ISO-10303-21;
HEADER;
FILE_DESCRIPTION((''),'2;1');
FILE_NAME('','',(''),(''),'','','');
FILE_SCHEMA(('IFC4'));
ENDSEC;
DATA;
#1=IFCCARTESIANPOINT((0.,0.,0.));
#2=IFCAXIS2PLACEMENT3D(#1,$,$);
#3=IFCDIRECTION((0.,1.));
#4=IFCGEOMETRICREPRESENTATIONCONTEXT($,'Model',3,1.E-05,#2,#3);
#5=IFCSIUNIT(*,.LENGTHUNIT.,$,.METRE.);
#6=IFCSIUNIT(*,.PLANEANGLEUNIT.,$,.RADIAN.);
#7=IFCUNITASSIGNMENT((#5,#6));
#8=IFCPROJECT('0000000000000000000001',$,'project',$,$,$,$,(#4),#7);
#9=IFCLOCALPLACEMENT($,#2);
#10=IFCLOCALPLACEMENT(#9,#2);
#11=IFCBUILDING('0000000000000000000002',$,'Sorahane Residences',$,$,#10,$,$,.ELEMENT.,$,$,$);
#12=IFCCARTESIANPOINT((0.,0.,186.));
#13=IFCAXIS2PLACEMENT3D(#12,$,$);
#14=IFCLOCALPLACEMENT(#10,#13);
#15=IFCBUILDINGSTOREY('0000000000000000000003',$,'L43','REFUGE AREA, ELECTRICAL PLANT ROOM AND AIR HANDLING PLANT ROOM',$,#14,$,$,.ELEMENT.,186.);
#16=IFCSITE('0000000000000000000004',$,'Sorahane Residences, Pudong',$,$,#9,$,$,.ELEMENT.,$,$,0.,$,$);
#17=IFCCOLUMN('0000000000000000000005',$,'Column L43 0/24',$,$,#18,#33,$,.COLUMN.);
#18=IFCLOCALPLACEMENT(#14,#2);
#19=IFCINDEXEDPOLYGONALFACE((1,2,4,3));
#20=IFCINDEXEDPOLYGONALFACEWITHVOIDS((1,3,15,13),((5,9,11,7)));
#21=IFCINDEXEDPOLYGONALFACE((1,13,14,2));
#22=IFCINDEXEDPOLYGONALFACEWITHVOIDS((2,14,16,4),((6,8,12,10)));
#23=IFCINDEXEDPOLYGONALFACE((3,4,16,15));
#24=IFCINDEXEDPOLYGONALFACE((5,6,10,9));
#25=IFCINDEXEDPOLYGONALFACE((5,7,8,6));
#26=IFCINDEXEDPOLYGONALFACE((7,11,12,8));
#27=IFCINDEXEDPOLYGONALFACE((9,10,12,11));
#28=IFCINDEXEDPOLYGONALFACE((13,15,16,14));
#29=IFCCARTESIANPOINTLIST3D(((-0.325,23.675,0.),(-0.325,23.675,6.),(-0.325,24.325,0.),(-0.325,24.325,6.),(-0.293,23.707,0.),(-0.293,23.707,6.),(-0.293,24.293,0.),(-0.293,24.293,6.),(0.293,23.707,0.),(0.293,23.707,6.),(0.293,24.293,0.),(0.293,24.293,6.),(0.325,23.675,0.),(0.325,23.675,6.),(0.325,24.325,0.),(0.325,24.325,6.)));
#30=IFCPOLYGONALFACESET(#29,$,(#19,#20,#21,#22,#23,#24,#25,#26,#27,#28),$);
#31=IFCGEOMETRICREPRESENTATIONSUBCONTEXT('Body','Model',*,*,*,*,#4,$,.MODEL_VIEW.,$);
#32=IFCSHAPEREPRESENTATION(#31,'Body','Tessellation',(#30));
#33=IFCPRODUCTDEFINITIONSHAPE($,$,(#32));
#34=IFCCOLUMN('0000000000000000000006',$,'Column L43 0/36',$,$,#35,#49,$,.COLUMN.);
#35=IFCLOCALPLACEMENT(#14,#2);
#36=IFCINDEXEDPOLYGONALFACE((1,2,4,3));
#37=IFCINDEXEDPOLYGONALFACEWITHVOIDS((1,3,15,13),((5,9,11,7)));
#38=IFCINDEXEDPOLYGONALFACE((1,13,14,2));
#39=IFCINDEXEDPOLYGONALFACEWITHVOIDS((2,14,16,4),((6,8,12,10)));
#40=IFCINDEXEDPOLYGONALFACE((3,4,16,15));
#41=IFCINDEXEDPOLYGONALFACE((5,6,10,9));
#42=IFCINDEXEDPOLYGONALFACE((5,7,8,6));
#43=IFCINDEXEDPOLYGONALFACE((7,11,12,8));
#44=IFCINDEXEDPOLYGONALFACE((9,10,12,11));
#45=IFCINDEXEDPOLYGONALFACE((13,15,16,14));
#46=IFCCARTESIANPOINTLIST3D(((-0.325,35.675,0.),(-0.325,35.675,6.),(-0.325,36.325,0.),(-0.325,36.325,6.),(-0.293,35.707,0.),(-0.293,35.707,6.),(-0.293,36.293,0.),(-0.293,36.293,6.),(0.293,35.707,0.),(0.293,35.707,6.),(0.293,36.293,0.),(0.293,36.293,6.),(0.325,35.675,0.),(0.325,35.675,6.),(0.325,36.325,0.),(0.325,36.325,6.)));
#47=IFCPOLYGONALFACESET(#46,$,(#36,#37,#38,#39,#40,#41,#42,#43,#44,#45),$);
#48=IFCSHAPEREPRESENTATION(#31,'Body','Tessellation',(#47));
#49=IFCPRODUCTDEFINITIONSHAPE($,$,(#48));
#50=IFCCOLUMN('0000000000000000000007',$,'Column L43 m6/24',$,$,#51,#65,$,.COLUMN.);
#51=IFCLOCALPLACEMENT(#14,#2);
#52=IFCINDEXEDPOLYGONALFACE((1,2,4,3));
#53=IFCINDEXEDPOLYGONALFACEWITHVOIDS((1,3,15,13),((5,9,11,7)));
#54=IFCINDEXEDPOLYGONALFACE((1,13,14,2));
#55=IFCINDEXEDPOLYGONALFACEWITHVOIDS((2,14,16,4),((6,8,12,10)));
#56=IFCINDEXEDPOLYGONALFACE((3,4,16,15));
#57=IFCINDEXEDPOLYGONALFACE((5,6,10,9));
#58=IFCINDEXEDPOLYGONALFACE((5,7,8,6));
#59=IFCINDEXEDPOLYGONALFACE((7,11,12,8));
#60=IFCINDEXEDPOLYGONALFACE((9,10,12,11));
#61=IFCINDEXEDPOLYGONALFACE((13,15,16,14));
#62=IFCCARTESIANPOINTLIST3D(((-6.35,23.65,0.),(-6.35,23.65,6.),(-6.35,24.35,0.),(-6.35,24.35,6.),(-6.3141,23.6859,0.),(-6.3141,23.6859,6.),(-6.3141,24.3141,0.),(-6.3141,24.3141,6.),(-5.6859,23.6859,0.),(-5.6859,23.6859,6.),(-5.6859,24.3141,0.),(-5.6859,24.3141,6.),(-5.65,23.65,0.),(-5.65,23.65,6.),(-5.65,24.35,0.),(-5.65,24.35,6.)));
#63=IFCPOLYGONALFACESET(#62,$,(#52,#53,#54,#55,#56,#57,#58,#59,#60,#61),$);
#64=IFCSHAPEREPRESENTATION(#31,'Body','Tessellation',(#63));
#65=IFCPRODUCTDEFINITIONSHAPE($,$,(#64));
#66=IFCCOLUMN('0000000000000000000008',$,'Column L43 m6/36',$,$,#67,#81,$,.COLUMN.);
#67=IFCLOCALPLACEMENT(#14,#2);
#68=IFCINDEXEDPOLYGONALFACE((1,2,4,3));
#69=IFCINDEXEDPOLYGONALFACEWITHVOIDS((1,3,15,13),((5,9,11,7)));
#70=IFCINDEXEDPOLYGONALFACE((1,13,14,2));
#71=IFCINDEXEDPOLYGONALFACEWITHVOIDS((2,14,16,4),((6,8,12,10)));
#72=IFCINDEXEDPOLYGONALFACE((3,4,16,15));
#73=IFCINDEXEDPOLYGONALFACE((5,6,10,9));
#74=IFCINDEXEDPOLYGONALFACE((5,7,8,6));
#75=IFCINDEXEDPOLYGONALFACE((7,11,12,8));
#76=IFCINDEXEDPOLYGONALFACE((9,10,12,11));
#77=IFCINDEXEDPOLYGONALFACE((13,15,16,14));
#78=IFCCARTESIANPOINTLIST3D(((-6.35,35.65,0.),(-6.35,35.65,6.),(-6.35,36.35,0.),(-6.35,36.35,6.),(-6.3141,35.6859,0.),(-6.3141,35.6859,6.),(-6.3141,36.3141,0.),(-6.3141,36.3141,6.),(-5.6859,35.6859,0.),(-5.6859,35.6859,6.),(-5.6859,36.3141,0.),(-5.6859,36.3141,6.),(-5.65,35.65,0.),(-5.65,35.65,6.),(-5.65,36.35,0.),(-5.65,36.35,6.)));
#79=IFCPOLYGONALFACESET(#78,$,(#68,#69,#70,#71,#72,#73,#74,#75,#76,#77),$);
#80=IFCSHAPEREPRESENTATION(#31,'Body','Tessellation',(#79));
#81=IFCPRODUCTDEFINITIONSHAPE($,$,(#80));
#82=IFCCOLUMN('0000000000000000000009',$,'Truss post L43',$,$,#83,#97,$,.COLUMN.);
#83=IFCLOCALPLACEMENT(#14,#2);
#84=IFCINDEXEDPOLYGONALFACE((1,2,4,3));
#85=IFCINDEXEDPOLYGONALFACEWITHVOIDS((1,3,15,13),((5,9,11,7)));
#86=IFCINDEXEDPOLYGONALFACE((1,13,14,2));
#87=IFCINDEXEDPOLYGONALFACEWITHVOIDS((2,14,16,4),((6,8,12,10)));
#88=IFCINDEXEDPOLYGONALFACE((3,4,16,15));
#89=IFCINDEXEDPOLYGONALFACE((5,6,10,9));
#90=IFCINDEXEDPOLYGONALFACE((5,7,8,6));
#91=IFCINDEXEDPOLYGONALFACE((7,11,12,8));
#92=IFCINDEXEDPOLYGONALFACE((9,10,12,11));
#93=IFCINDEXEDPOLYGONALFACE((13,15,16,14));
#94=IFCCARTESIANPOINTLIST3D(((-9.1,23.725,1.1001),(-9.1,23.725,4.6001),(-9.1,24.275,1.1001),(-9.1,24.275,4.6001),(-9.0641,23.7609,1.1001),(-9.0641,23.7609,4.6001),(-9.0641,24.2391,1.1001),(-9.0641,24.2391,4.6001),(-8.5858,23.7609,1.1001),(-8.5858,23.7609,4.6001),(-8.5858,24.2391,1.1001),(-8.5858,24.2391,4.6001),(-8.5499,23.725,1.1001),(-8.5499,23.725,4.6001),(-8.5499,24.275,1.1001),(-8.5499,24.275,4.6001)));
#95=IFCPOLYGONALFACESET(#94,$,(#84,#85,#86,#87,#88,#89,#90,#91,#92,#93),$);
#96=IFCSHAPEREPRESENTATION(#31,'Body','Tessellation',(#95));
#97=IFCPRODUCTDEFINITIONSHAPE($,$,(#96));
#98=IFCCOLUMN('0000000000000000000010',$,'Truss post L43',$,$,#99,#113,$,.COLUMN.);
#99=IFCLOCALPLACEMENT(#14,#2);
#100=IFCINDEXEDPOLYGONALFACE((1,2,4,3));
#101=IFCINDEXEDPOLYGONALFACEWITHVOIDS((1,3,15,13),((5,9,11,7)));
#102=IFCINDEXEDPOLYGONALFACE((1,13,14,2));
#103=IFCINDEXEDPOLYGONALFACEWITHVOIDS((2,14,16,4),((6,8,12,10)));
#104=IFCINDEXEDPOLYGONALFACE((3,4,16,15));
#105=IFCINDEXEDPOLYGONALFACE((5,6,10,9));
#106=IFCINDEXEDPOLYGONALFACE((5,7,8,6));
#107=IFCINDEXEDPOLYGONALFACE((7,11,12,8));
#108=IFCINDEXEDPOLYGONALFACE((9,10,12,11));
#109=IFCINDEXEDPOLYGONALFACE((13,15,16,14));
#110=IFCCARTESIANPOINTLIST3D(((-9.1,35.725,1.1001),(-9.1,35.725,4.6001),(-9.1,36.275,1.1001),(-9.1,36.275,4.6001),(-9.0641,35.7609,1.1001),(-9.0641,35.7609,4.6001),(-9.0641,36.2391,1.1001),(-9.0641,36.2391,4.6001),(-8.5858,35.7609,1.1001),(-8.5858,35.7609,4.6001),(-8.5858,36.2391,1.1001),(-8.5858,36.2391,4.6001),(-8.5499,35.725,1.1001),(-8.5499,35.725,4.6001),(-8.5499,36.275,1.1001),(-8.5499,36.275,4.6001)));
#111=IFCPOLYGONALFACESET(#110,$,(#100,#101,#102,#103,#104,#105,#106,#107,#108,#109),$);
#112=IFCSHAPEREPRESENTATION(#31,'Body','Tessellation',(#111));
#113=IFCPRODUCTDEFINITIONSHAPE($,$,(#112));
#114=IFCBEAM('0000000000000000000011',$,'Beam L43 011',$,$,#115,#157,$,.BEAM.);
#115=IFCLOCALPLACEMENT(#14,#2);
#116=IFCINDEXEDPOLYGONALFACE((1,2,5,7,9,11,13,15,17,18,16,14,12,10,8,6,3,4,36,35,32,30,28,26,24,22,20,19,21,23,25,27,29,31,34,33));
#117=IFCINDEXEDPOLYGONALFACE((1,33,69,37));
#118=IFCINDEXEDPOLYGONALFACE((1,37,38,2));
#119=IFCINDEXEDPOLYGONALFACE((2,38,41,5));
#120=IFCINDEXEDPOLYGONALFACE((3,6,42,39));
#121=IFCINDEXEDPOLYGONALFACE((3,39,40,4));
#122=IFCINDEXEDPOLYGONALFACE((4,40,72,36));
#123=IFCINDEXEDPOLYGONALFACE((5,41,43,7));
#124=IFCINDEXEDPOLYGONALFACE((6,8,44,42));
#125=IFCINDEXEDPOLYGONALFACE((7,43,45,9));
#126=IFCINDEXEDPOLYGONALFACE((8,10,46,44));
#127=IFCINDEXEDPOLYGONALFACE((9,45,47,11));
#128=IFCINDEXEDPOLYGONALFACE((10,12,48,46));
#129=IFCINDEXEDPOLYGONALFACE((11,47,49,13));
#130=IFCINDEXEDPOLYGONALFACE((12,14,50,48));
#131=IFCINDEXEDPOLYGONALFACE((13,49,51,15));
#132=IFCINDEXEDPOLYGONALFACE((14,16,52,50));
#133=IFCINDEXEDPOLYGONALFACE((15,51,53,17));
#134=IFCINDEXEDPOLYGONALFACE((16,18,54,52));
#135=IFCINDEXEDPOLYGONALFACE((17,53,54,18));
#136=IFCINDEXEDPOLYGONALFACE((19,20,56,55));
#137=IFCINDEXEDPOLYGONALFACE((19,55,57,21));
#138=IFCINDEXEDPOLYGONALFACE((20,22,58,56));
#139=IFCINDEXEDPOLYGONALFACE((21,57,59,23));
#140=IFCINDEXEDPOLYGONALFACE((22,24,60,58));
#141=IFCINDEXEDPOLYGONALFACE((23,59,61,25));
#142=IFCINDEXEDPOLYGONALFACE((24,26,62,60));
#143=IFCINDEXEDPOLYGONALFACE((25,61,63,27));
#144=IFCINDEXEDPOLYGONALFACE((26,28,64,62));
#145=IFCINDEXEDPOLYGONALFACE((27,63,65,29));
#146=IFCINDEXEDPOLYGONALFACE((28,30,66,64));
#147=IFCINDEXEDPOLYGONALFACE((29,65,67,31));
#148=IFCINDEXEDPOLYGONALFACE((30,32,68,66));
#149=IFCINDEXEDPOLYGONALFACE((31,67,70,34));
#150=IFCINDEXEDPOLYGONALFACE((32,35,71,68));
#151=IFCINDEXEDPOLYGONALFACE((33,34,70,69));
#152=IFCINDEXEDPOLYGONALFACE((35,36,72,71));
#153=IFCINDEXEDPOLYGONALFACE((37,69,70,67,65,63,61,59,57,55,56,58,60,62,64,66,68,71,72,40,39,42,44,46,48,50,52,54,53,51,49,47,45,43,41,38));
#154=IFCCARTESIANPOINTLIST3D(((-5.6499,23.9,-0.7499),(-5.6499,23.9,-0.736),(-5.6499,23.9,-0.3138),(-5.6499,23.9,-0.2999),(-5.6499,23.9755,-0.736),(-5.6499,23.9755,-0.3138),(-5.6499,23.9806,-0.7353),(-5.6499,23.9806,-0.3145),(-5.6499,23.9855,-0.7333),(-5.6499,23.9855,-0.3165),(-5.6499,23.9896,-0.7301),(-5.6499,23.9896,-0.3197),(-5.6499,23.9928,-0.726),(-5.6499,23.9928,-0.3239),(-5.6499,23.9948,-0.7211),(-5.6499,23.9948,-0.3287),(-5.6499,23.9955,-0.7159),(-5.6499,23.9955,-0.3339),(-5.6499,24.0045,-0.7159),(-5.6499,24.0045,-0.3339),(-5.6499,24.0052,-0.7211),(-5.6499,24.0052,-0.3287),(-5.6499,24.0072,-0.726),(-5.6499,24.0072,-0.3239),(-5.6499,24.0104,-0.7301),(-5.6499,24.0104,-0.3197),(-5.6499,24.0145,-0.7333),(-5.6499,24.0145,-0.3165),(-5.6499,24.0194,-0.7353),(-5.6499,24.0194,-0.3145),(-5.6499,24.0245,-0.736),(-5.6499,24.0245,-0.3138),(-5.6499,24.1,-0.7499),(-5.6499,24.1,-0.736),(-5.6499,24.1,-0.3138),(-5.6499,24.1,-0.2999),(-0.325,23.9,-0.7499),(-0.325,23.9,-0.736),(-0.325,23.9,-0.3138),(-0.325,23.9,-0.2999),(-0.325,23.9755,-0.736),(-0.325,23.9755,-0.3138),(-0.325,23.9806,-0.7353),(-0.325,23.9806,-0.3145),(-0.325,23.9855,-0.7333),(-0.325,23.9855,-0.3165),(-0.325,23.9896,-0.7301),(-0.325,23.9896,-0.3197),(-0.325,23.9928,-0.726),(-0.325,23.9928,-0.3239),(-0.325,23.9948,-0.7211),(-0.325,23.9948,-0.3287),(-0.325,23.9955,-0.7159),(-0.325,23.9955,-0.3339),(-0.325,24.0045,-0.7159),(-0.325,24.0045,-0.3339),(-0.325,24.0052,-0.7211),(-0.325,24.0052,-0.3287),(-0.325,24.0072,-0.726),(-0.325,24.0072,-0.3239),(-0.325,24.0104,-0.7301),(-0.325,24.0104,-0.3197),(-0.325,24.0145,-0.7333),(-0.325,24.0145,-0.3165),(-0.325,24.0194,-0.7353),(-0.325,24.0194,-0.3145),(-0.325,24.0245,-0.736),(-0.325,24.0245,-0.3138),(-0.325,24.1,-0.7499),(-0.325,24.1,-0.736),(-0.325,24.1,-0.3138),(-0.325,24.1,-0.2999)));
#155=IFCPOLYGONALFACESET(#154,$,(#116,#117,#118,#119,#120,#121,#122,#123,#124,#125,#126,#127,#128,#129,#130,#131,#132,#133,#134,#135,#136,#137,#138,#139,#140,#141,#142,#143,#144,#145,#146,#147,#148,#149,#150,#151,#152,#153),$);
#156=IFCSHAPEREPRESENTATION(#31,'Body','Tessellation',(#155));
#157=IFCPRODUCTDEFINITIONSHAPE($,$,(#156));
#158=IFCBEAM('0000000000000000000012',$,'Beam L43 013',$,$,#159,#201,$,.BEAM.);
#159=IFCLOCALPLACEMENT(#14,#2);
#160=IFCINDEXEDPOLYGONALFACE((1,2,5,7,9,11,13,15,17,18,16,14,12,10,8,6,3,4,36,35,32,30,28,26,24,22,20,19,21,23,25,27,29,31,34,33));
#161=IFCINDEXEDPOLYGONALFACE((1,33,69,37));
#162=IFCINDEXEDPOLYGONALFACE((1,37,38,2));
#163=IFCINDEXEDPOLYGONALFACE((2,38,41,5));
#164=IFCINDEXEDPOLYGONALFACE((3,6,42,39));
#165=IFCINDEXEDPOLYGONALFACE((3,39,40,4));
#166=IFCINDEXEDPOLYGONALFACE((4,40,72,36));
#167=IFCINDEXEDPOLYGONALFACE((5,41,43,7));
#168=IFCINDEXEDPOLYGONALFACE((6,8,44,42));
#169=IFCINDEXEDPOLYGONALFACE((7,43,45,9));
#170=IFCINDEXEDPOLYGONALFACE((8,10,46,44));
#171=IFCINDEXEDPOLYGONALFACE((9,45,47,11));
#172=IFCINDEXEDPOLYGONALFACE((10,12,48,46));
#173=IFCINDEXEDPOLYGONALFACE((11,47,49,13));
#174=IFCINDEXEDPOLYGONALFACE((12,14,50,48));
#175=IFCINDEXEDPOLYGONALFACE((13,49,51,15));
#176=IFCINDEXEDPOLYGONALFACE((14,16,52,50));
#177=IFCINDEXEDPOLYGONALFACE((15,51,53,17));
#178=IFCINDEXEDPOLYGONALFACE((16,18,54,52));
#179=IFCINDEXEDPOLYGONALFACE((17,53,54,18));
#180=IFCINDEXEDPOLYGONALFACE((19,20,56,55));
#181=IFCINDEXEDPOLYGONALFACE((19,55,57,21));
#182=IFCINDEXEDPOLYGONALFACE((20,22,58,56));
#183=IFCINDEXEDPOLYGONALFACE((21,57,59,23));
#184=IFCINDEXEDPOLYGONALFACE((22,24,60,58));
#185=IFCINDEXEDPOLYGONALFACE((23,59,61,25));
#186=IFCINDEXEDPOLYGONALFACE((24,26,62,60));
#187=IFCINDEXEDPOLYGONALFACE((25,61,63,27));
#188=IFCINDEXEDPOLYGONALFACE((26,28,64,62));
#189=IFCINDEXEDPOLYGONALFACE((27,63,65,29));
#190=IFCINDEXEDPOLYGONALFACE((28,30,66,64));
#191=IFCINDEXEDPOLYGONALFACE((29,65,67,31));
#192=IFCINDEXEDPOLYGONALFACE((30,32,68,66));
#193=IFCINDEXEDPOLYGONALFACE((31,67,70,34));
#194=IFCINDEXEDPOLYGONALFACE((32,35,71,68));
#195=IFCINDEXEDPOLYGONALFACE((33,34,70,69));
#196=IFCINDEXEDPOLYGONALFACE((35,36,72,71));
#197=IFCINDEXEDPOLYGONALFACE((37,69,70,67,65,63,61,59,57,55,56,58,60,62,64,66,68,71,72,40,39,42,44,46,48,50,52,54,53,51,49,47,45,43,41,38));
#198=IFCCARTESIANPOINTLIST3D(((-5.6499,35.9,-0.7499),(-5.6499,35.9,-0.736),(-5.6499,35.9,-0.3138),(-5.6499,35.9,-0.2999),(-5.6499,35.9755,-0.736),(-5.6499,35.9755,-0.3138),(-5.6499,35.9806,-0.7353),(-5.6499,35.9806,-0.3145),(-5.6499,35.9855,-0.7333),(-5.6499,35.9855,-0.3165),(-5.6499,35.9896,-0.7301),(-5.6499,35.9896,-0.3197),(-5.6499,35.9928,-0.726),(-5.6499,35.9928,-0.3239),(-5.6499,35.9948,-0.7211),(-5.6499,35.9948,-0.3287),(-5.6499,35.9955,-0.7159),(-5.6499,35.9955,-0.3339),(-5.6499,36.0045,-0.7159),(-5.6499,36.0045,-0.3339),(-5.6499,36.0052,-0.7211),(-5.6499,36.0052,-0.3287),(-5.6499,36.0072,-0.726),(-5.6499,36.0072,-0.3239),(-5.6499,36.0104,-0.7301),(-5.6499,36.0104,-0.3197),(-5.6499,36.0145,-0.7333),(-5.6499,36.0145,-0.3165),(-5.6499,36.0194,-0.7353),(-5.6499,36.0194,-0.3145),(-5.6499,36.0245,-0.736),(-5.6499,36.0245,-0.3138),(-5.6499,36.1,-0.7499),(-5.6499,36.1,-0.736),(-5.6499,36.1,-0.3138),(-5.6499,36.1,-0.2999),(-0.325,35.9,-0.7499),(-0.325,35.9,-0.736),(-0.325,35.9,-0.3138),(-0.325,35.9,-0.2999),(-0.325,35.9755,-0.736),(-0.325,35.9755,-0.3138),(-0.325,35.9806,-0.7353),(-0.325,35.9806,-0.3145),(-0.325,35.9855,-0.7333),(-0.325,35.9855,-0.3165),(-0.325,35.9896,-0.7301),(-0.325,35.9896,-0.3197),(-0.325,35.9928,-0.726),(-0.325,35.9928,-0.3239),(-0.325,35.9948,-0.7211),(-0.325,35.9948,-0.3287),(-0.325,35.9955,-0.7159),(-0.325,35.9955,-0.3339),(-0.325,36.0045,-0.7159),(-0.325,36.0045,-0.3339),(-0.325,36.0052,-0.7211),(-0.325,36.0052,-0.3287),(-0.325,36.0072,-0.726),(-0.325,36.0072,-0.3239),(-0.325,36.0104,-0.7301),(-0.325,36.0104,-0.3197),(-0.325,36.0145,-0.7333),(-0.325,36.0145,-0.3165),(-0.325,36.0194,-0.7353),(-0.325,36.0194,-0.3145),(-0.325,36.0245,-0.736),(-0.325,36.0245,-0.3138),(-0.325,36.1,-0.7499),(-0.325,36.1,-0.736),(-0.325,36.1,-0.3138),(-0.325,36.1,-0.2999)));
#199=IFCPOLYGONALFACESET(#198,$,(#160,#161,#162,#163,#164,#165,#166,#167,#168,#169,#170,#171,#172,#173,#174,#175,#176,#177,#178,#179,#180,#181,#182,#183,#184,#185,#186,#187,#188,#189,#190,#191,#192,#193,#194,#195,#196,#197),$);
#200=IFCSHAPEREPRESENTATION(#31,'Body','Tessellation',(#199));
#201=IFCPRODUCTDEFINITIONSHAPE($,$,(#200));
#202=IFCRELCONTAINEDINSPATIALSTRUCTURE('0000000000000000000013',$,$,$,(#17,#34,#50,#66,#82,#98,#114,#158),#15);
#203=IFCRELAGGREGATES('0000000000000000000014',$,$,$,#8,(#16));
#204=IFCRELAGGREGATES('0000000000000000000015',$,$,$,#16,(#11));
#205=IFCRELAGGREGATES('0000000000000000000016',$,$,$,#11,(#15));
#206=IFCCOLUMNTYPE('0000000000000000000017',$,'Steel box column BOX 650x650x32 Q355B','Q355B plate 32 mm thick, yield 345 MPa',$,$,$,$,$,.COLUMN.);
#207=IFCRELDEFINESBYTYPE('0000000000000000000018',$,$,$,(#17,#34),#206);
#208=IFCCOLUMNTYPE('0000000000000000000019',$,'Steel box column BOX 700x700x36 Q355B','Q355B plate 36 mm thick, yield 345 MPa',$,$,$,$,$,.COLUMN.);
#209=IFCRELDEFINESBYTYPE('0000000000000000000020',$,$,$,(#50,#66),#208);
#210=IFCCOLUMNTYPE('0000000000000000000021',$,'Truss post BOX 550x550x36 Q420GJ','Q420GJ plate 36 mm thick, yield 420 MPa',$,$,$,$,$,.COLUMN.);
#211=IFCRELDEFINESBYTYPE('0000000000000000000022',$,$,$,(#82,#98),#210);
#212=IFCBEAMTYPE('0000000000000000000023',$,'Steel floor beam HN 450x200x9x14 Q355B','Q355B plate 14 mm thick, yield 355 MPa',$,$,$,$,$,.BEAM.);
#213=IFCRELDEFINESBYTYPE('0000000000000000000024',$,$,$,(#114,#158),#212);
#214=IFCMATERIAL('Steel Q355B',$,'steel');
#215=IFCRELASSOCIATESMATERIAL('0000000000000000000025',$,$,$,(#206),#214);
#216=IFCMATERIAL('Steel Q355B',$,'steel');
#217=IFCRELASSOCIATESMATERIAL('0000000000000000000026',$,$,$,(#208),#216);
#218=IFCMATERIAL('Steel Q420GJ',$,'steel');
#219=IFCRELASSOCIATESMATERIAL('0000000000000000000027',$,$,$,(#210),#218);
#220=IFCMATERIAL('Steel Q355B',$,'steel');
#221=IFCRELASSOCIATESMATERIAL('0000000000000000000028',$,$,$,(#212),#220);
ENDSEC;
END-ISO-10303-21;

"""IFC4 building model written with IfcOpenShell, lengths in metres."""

from ifc_helpers import new_model, si_unit, direction, frame, origin, origin_2d, place, context, subcontext, project, spatial, hollow_rectangle, i_section, extrude, material, material_profile, profile_set, type_object, element, save


model = new_model("IFC4")

# Units and contexts
model_context = context("Model", 3, precision=1e-05, world=origin(), true_north=direction((0.0, 1.0)))
body_context = subcontext(model_context, "Body", "Model", "MODEL_VIEW")
ifc_project = project(units=[si_unit("LENGTHUNIT", "METRE"), si_unit("PLANEANGLEUNIT", "RADIAN")], contexts=[model_context])

# Site, building, storey
site_placement = place(None, origin())
site = spatial("IfcSite", under=ifc_project, at=site_placement, Name="Sorahane Residences, Pudong", CompositionType="ELEMENT", RefElevation=0.0)
building_placement = place(site_placement, origin())
building = spatial("IfcBuilding", under=site, at=building_placement, Name="Sorahane Residences", CompositionType="ELEMENT")
storey_placement = place(building_placement, frame((0.0, 0.0, 186.0)))
storey = spatial("IfcBuildingStorey", under=building, at=storey_placement, Name="L43", Description="REFUGE AREA, ELECTRICAL PLANT ROOM AND AIR HANDLING PLANT ROOM", CompositionType="ELEMENT", Elevation=186.0)

# Columns
ifc_material_1 = material(Name="Steel Q355B", Category="steel")
ifc_material_profile_1 = material_profile(ifc_material_1, hollow_rectangle(XDim=0.6499, YDim=0.6499, WallThickness=0.032, at=origin_2d()), Name="BOX 650x650x32")
ifc_profile_set_1 = profile_set([ifc_material_profile_1], Name="Steel Q355B")
column_type_1 = type_object("IfcColumnType", Name="Steel box column BOX 650x650x32 Q355B", Description="Q355B plate 32 mm thick, yield 345 MPa", PredefinedType="COLUMN", material=ifc_profile_set_1)
for number, where, z_axis, x_axis, name in (
    (1, (0.0, 24.0, 0.0), (0.0, 0.0, 1.0), (1.0, 0.0, 0.0), "Column L43 0/24"),
    (2, (0.0, 36.0, 0.0), (0.0, 0.0, 1.0), (1.0, 0.0, 0.0), "Column L43 0/36"),
):
    element("IfcColumn", number, at=place(storey_placement, frame(where, z_axis=z_axis, x_axis=x_axis)), inside=storey, type_object=column_type_1, Name=name, PredefinedType="COLUMN", context=body_context, shape_type="SweptSolid", body=[
        extrude(hollow_rectangle(XDim=0.6499, YDim=0.6499, WallThickness=0.032, at=origin_2d()), origin(), (0.0, 0.0, 1.0), 6.0),
    ])
ifc_material_2 = material(Name="Steel Q355B", Category="steel")
ifc_material_profile_2 = material_profile(ifc_material_2, hollow_rectangle(XDim=0.7, YDim=0.7, WallThickness=0.0359, at=origin_2d()), Name="BOX 700x700x36")
ifc_profile_set_2 = profile_set([ifc_material_profile_2], Name="Steel Q355B")
column_type_2 = type_object("IfcColumnType", Name="Steel box column BOX 700x700x36 Q355B", Description="Q355B plate 36 mm thick, yield 345 MPa", PredefinedType="COLUMN", material=ifc_profile_set_2)
for number, where, z_axis, x_axis, name in (
    (3, (-6.0, 24.0, 0.0), (0.0, 0.0, 1.0), (1.0, 0.0, 0.0), "Column L43 m6/24"),
    (4, (-6.0, 36.0, 0.0), (0.0, 0.0, 1.0), (1.0, 0.0, 0.0), "Column L43 m6/36"),
):
    element("IfcColumn", number, at=place(storey_placement, frame(where, z_axis=z_axis, x_axis=x_axis)), inside=storey, type_object=column_type_2, Name=name, PredefinedType="COLUMN", context=body_context, shape_type="SweptSolid", body=[
        extrude(hollow_rectangle(XDim=0.7, YDim=0.7, WallThickness=0.0359, at=origin_2d()), origin(), (0.0, 0.0, 1.0), 6.0),
    ])
ifc_material_3 = material(Name="Steel Q420GJ", Category="steel")
ifc_material_profile_3 = material_profile(ifc_material_3, hollow_rectangle(XDim=0.55, YDim=0.55, WallThickness=0.0359, at=origin_2d()), Name="BOX 550x550x36")
ifc_profile_set_3 = profile_set([ifc_material_profile_3], Name="Steel Q420GJ")
column_type_3 = type_object("IfcColumnType", Name="Truss post BOX 550x550x36 Q420GJ", Description="Q420GJ plate 36 mm thick, yield 420 MPa", PredefinedType="COLUMN", material=ifc_profile_set_3)
for number, where, z_axis, x_axis, name in (
    (5, (-8.825, 24.0, 1.1001), (0.0, 0.0, 1.0), (1.0, 0.0, 0.0), "Truss post L43"),
    (6, (-8.825, 36.0, 1.1001), (0.0, 0.0, 1.0), (1.0, 0.0, 0.0), "Truss post L43"),
):
    element("IfcColumn", number, at=place(storey_placement, frame(where, z_axis=z_axis, x_axis=x_axis)), inside=storey, type_object=column_type_3, Name=name, PredefinedType="COLUMN", context=body_context, shape_type="SweptSolid", body=[
        extrude(hollow_rectangle(XDim=0.55, YDim=0.55, WallThickness=0.0359, at=origin_2d()), origin(), (0.0, 0.0, 1.0), 3.5),
    ])

# Beams
ifc_material_4 = material(Name="Steel Q355B", Category="steel")
ifc_material_profile_4 = material_profile(ifc_material_4, i_section(OverallWidth=0.2, OverallDepth=0.45, WebThickness=0.009, FlangeThickness=0.0139, FilletRadius=0.02, at=origin_2d()), Name="HN 450x200x9x14")
ifc_profile_set_4 = profile_set([ifc_material_profile_4], Name="Steel Q355B")
beam_type_1 = type_object("IfcBeamType", Name="Steel floor beam HN 450x200x9x14 Q355B", Description="Q355B plate 14 mm thick, yield 355 MPa", PredefinedType="BEAM", material=ifc_profile_set_4)
for number, where, z_axis, x_axis, name in (
    (7, (-5.6499, 24.0, -0.5249), (1.0, 0.0, 0.0), (0.0, 1.0, 0.0), "Beam L43 011"),
    (8, (-5.6499, 36.0, -0.5249), (1.0, 0.0, 0.0), (0.0, 1.0, 0.0), "Beam L43 013"),
):
    element("IfcBeam", number, at=place(storey_placement, frame(where, z_axis=z_axis, x_axis=x_axis)), inside=storey, type_object=beam_type_1, Name=name, PredefinedType="BEAM", context=body_context, shape_type="SweptSolid", body=[
        extrude(i_section(OverallWidth=0.2, OverallDepth=0.45, WebThickness=0.009, FlangeThickness=0.0139, FilletRadius=0.02, at=origin_2d()), origin(), (0.0, 0.0, 1.0), 5.325),
    ])

save(model, "model.ifc")
